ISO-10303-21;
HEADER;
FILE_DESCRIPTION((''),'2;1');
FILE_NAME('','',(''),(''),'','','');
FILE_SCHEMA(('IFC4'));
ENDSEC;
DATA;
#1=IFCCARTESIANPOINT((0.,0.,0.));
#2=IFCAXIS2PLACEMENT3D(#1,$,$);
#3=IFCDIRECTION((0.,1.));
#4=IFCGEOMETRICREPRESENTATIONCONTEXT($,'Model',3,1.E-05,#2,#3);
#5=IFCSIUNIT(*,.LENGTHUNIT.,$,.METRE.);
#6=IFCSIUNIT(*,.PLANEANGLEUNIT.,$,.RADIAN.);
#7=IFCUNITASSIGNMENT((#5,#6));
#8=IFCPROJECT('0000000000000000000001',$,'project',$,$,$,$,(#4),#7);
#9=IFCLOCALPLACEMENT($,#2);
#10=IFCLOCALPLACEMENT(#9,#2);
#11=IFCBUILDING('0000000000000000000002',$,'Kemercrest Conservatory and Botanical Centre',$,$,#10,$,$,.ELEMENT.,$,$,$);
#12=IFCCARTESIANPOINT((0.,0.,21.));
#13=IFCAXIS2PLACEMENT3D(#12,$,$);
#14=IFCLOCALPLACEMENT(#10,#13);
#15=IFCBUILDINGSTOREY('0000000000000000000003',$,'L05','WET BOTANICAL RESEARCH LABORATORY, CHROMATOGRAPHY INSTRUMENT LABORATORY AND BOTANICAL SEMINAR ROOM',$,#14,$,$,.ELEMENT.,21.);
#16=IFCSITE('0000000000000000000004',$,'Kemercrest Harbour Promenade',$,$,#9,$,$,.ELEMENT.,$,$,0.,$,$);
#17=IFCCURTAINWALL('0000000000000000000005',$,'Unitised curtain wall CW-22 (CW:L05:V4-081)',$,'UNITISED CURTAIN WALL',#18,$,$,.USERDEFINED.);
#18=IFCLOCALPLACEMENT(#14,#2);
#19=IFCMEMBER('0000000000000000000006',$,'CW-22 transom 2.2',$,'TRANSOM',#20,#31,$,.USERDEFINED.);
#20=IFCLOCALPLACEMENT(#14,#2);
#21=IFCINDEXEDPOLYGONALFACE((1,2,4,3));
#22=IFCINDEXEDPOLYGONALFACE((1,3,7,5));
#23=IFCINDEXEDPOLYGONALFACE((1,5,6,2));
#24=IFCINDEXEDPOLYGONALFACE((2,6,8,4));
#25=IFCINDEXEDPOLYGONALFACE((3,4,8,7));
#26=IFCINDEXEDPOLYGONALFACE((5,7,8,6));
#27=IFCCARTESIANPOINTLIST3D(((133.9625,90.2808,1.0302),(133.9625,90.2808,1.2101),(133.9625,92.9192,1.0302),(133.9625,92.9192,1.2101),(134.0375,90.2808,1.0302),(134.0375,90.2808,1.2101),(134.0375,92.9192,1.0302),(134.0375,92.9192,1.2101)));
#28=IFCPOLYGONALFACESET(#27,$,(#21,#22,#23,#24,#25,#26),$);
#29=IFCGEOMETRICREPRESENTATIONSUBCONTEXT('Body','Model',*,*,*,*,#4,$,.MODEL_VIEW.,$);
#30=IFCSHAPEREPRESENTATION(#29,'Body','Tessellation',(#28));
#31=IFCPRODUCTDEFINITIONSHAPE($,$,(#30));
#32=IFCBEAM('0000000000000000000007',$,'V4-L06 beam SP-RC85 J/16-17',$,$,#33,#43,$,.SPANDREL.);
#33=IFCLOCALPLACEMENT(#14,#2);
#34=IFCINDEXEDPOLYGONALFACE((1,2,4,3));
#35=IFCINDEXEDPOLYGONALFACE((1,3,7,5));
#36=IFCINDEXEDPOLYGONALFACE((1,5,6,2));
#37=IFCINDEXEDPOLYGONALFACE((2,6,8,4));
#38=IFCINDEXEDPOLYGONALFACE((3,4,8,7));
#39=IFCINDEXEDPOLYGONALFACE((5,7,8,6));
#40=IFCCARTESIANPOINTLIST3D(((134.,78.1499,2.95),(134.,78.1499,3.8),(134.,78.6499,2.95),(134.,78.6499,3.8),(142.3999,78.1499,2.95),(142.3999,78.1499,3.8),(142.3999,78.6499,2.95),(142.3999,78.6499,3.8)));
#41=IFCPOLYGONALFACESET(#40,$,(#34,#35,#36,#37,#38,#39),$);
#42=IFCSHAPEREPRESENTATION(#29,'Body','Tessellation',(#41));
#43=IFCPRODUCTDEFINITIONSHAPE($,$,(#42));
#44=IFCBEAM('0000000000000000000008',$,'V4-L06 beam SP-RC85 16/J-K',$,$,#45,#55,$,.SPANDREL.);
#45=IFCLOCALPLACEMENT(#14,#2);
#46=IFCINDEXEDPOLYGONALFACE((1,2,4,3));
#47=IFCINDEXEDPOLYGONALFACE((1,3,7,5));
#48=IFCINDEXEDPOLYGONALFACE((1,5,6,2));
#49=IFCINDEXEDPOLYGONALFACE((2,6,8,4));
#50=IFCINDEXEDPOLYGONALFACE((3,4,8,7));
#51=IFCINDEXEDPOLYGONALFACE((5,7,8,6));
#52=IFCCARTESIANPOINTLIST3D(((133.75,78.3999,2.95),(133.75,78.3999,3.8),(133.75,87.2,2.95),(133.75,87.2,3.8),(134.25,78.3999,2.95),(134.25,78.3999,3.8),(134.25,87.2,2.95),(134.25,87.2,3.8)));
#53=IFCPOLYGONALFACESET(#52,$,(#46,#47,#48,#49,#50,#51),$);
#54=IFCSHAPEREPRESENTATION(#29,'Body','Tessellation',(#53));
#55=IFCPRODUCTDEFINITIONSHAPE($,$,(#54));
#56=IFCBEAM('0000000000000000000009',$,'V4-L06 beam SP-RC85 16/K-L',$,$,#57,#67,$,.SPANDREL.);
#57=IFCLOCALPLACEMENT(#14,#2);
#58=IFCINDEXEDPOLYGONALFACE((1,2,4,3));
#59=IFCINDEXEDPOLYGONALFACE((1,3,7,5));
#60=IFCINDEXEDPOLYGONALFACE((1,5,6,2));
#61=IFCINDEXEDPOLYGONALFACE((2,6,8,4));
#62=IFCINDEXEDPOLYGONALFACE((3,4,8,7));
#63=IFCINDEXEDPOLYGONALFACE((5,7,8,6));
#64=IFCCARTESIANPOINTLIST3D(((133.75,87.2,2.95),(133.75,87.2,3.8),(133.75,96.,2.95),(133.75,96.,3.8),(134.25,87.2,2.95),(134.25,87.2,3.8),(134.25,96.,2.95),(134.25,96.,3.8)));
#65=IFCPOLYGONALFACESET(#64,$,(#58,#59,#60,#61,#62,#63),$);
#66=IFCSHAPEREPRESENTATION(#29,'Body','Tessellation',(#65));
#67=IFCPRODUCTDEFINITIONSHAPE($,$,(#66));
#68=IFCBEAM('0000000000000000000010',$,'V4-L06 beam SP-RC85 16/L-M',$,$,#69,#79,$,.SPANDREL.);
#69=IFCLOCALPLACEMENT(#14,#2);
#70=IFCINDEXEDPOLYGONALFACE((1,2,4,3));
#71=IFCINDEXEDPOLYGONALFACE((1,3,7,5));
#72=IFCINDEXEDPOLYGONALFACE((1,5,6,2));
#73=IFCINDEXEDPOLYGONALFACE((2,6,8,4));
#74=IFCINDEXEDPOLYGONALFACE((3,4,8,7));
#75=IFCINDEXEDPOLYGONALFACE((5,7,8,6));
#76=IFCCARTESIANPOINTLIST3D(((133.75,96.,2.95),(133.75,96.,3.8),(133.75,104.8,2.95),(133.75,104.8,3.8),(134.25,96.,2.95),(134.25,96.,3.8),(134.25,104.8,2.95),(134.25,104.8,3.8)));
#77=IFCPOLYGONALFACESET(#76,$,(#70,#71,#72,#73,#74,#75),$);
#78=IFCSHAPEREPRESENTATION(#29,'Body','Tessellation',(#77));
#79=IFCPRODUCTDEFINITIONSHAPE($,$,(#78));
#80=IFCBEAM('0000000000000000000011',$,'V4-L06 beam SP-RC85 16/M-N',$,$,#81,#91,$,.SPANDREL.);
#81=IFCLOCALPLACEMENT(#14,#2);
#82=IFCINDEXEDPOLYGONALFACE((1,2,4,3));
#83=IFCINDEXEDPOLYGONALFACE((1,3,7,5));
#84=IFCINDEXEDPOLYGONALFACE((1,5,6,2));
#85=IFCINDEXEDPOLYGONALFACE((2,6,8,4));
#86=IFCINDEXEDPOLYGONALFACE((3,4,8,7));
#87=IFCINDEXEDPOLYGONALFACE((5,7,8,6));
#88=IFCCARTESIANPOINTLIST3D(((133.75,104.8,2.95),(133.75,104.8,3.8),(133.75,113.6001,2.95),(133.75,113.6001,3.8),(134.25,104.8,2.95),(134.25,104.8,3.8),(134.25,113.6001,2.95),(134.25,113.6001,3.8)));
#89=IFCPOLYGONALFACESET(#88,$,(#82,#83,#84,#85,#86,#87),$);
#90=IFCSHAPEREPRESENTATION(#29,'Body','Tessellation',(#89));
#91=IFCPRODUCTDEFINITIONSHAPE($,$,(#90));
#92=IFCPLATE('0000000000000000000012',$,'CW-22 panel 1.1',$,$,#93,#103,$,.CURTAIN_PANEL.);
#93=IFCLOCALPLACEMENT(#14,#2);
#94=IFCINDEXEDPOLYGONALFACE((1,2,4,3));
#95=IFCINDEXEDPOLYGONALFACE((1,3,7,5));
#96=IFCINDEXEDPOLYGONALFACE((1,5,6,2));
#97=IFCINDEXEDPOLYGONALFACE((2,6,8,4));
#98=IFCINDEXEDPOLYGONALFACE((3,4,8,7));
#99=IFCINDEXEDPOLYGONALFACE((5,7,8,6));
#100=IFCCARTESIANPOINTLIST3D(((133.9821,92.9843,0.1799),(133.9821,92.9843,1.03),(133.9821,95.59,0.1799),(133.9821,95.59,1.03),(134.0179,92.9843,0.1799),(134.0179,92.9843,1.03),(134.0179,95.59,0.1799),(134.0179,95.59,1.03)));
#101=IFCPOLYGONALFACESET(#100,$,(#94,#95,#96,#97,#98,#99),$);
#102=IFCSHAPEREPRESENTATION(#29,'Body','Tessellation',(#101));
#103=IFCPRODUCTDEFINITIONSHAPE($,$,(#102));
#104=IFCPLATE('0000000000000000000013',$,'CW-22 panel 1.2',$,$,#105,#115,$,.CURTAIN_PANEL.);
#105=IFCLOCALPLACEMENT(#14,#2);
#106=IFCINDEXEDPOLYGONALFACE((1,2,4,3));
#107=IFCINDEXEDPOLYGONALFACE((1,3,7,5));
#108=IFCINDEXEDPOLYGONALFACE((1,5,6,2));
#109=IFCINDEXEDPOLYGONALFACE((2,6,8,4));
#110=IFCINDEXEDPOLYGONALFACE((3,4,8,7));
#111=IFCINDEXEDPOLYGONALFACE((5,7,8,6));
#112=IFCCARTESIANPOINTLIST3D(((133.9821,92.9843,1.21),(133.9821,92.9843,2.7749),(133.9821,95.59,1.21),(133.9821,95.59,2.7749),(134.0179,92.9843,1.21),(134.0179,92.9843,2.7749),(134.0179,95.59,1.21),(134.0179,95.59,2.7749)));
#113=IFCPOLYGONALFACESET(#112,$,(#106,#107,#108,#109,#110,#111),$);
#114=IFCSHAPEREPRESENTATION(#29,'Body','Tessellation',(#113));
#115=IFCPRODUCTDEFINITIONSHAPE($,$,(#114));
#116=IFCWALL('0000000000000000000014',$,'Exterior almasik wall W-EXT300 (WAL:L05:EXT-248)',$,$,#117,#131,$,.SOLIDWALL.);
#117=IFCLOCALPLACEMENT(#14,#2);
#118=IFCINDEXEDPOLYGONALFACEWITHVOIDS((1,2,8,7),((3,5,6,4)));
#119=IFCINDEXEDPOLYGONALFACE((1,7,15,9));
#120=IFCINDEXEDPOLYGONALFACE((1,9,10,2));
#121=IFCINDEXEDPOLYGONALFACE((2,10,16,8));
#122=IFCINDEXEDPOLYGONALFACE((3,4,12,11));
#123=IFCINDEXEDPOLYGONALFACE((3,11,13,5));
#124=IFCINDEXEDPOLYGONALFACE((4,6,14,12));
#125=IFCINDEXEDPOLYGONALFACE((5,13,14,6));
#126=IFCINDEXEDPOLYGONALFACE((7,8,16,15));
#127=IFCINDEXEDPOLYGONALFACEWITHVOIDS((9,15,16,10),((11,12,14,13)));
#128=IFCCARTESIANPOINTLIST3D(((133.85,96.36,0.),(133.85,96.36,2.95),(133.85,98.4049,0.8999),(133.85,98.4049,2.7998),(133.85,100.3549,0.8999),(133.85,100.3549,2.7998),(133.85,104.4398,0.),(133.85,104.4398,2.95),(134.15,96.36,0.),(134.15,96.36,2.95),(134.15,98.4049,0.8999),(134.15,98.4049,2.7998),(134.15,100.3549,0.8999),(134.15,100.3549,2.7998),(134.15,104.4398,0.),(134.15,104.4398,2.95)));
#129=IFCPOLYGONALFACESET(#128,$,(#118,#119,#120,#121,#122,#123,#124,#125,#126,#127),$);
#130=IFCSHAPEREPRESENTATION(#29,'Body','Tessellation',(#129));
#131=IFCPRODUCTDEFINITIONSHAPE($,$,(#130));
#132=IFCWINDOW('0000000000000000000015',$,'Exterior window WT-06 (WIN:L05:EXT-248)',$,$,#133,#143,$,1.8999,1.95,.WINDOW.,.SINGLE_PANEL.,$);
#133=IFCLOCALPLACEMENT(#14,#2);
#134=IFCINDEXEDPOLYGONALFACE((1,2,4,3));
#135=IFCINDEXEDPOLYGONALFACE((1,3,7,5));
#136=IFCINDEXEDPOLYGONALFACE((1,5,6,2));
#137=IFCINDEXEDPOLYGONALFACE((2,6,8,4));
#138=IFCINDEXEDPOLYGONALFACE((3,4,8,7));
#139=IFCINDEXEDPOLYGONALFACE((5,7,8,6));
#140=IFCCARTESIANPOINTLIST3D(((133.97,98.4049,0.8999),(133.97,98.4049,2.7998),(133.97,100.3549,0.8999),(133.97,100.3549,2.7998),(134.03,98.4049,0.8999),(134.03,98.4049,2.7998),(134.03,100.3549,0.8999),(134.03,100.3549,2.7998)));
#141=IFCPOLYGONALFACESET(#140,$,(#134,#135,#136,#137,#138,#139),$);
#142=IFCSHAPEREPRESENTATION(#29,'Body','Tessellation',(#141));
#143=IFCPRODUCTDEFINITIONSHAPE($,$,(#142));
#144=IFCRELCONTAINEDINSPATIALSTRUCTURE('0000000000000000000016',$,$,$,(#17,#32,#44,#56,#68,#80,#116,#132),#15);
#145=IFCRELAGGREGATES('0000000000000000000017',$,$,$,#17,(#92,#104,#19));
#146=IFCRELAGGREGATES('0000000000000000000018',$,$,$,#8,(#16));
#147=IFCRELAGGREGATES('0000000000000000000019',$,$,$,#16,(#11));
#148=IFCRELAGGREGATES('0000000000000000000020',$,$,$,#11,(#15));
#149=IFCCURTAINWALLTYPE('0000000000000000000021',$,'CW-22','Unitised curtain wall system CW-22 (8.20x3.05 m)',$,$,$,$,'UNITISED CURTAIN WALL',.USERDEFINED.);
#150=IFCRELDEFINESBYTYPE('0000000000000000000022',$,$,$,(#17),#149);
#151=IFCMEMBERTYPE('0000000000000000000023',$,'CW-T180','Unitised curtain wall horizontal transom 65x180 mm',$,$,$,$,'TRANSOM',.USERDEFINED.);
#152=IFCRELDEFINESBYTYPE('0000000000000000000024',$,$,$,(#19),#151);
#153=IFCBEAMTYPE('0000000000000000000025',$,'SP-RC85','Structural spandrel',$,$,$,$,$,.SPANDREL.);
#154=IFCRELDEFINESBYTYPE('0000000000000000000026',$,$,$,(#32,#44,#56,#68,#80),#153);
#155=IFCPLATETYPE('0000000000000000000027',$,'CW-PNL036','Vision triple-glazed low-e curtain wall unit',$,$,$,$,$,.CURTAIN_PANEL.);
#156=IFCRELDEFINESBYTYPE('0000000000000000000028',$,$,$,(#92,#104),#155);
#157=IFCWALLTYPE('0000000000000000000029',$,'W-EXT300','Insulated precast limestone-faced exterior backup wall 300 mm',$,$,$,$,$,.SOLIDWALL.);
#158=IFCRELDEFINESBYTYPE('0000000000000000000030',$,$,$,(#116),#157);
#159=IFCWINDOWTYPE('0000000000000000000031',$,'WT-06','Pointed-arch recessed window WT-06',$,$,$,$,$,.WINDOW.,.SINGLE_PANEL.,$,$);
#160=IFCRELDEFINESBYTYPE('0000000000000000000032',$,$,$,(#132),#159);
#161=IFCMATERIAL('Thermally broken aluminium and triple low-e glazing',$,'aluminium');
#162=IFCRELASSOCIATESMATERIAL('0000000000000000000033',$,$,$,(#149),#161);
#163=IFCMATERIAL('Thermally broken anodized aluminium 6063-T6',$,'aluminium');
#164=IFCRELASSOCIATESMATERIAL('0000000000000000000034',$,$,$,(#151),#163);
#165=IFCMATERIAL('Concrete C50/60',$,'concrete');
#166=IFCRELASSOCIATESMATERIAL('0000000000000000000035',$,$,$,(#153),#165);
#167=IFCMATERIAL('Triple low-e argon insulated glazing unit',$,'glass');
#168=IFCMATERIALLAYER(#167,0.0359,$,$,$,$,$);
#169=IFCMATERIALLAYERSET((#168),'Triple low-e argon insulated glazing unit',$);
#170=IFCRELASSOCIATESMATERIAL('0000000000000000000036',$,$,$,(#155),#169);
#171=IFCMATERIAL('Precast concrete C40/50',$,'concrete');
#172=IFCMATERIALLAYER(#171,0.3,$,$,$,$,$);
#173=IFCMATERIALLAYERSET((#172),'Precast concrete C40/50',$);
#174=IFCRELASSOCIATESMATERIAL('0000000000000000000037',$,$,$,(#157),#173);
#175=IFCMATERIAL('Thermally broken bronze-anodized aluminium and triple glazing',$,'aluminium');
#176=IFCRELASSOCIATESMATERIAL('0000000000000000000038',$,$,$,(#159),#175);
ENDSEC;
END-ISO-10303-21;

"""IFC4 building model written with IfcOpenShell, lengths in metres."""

from ifc_helpers import new_model, si_unit, direction, frame, frame_2d, origin, origin_2d, place, context, subcontext, project, spatial, rectangle, extrude, material, layer, layer_set, material_profile, profile_set, type_object, element, fill, aggregate, save


model = new_model("IFC4")

# Units and contexts
model_context = context("Model", 3, precision=1e-05, world=origin(), true_north=direction((0.0, 1.0)))
body_context = subcontext(model_context, "Body", "Model", "MODEL_VIEW")
ifc_project = project(units=[si_unit("LENGTHUNIT", "METRE"), si_unit("PLANEANGLEUNIT", "RADIAN")], contexts=[model_context])

# Site, building, storey
site_placement = place(None, origin())
site = spatial("IfcSite", under=ifc_project, at=site_placement, Name="Kemercrest Harbour Promenade", CompositionType="ELEMENT", RefElevation=0.0)
building_placement = place(site_placement, origin())
building = spatial("IfcBuilding", under=site, at=building_placement, Name="Kemercrest Conservatory and Botanical Centre", CompositionType="ELEMENT")
storey_placement = place(building_placement, frame((0.0, 0.0, 21.0)))
storey = spatial("IfcBuildingStorey", under=building, at=storey_placement, Name="L05", Description="WET BOTANICAL RESEARCH LABORATORY, CHROMATOGRAPHY INSTRUMENT LABORATORY AND BOTANICAL SEMINAR ROOM", CompositionType="ELEMENT", Elevation=21.0)

# Shared definitions
ifc_material_1 = material(Name="Concrete C50/60", Category="concrete")

# Shared definitions
ifc_material_2 = material(Name="Thermally broken aluminium and triple low-e glazing", Category="aluminium")
ifc_material_3 = material(Name="Thermally broken anodized aluminium 6063-T6", Category="aluminium")

# Curtain wall, member
curtain_wall_type_1 = type_object("IfcCurtainWallType", Name="CW-22", Description="Unitised curtain wall system CW-22 (8.20x3.05 m)", ElementType="UNITISED CURTAIN WALL", PredefinedType="USERDEFINED", material=ifc_material_2)
curtain_wall_1_placement = place(storey_placement, origin())
curtain_wall_1 = element("IfcCurtainWall", 1, at=curtain_wall_1_placement, inside=storey, type_object=curtain_wall_type_1, Name="Unitised curtain wall CW-22 (CW:L05:V4-081)", ObjectType="UNITISED CURTAIN WALL", PredefinedType="USERDEFINED")
ifc_material_profile_1 = material_profile(ifc_material_3, rectangle(XDim=0.075, YDim=0.1799, at=origin_2d()), Name="AL TRANSOM 75x180")
ifc_profile_set_1 = profile_set([ifc_material_profile_1], Name="Thermally broken anodized aluminium 6063-T6")
member_type_1 = type_object("IfcMemberType", Name="CW-T180", Description="Unitised curtain wall horizontal transom 65x180 mm", ElementType="TRANSOM", PredefinedType="USERDEFINED", material=ifc_profile_set_1)
member_1_placement = place(storey_placement, frame((134.0, 92.9192, 1.1201), z_axis=(0.0, -1.0, 0.0), x_axis=(1.0, 0.0, 0.0)))
member_1 = element("IfcMember", 2, at=member_1_placement, type_object=member_type_1, Name="CW-22 transom 2.2", ObjectType="TRANSOM", PredefinedType="USERDEFINED", context=body_context, shape_type="SweptSolid", body=[
    extrude(rectangle(XDim=0.075, YDim=0.1799, at=origin_2d()), origin(), (0.0, 0.0, 1.0), 2.6384),
])

# Beams
ifc_material_profile_2 = material_profile(ifc_material_1, rectangle(XDim=0.5, YDim=0.8501, at=origin_2d()), Name="RC 500x850")
ifc_profile_set_2 = profile_set([ifc_material_profile_2], Name="Concrete C50/60")
beam_type_1 = type_object("IfcBeamType", Name="SP-RC85", Description="Structural spandrel", PredefinedType="SPANDREL", material=ifc_profile_set_2)
beam_placement = place(storey_placement, frame((134.0, 78.3999, 3.375), z_axis=(1.0, 0.0, 0.0), x_axis=(0.0, 1.0, 0.0)))
element("IfcBeam", 3, at=beam_placement, inside=storey, type_object=beam_type_1, Name="V4-L06 beam SP-RC85 J/16-17", PredefinedType="SPANDREL", context=body_context, shape_type="SweptSolid", body=[
    extrude(rectangle(XDim=0.5, YDim=0.8501, at=origin_2d()), origin(), (0.0, 0.0, 1.0), 8.3999),
])
for number, where, z_axis, x_axis, name in (
    (4, (134.0, 78.3999, 3.375), (0.0, 1.0, 0.0), (-1.0, 0.0, 0.0), "V4-L06 beam SP-RC85 16/J-K"),
    (5, (134.0, 87.2, 3.375), (0.0, 1.0, 0.0), (-1.0, 0.0, 0.0), "V4-L06 beam SP-RC85 16/K-L"),
    (6, (134.0, 96.0, 3.375), (0.0, 1.0, 0.0), (-1.0, 0.0, 0.0), "V4-L06 beam SP-RC85 16/L-M"),
    (7, (134.0, 104.8, 3.375), (0.0, 1.0, 0.0), (-1.0, 0.0, 0.0), "V4-L06 beam SP-RC85 16/M-N"),
):
    element("IfcBeam", number, at=place(storey_placement, frame(where, z_axis=z_axis, x_axis=x_axis)), inside=storey, type_object=beam_type_1, Name=name, PredefinedType="SPANDREL", context=body_context, shape_type="SweptSolid", body=[
        extrude(rectangle(XDim=0.5, YDim=0.8501, at=origin_2d()), origin(), (0.0, 0.0, 1.0), 8.8),
    ])

# Plates
ifc_material_4 = material(Name="Triple low-e argon insulated glazing unit", Category="glass")
ifc_layer_1 = layer(ifc_material_4, 0.0359)
ifc_layer_set_1 = layer_set([ifc_layer_1], Name="Triple low-e argon insulated glazing unit")
plate_type = type_object("IfcPlateType", Name="CW-PNL036", Description="Vision triple-glazed low-e curtain wall unit", PredefinedType="CURTAIN_PANEL", material=ifc_layer_set_1)
plate_1_placement = place(storey_placement, frame((134.0, 94.2871, 0.1799), z_axis=(0.0, 0.0, 1.0), x_axis=(0.0, -1.0, 0.0)))
plate_1 = element("IfcPlate", 8, at=plate_1_placement, type_object=plate_type, Name="CW-22 panel 1.1", PredefinedType="CURTAIN_PANEL", context=body_context, shape_type="SweptSolid", body=[
    extrude(rectangle(XDim=2.6057, YDim=0.0359, at=origin_2d()), origin(), (0.0, 0.0, 1.0), 0.8501),
])
plate_2_placement = place(storey_placement, frame((134.0, 94.2871, 1.21), z_axis=(0.0, 0.0, 1.0), x_axis=(0.0, -1.0, 0.0)))
plate_2 = element("IfcPlate", 9, at=plate_2_placement, type_object=plate_type, Name="CW-22 panel 1.2", PredefinedType="CURTAIN_PANEL", context=body_context, shape_type="SweptSolid", body=[
    extrude(rectangle(XDim=2.6057, YDim=0.0359, at=origin_2d()), origin(), (0.0, 0.0, 1.0), 1.5649),
])
aggregate(curtain_wall_1, [plate_1, plate_2, member_1])

# Wall, opening, window
ifc_material_5 = material(Name="Precast concrete C40/50", Category="concrete")
ifc_layer_2 = layer(ifc_material_5, 0.3)
ifc_layer_set_2 = layer_set([ifc_layer_2], Name="Precast concrete C40/50")
wall_type = type_object("IfcWallType", Name="W-EXT300", Description="Insulated precast limestone-faced exterior backup wall 300 mm", PredefinedType="SOLIDWALL", material=ifc_layer_set_2)
wall_placement = place(storey_placement, frame((134.0, 104.4399, 0.0), z_axis=(0.0, 0.0, 1.0), x_axis=(0.0, -1.0, 0.0)))
wall = element("IfcWall", 10, at=wall_placement, inside=storey, type_object=wall_type, Name="Exterior almasik wall W-EXT300 (WAL:L05:EXT-248)", PredefinedType="SOLIDWALL", context=body_context, shape_type="SweptSolid", body=[
    extrude(rectangle(XDim=8.0798, YDim=0.3, at=frame_2d((4.04, 0.0))), origin(), (0.0, 0.0, 1.0), 2.95),
])
opening_placement = place(wall_placement, frame((4.085, 0.0, 0.8999)))
opening = element("IfcOpeningElement", 11, at=opening_placement, cuts=wall, PredefinedType="OPENING", context=body_context, shape_type="SweptSolid", body=[
    extrude(rectangle(XDim=1.95, YDim=1.8999, at=frame_2d((0.9751, 0.95))), frame((0.0, 0.1602, 0.0), z_axis=(0.0, -1.0, 0.0), x_axis=(1.0, 0.0, 0.0)), (0.0, 0.0, 1.0), 0.3201),
])
ifc_material_6 = material(Name="Thermally broken bronze-anodized aluminium and triple glazing", Category="aluminium")
window_type = type_object("IfcWindowType", Name="WT-06", Description="Pointed-arch recessed window WT-06", PartitioningType="SINGLE_PANEL", PredefinedType="WINDOW", material=ifc_material_6)
window_placement = place(opening_placement, origin())
window = element("IfcWindow", 12, at=window_placement, inside=storey, type_object=window_type, Name="Exterior window WT-06 (WIN:L05:EXT-248)", OverallHeight=1.8999, OverallWidth=1.95, PartitioningType="SINGLE_PANEL", PredefinedType="WINDOW", context=body_context, shape_type="SweptSolid", body=[
    extrude(rectangle(XDim=1.95, YDim=1.8999, at=frame_2d((0.9751, 0.95))), frame((0.0, 0.03, 0.0), z_axis=(0.0, -1.0, 0.0), x_axis=(1.0, 0.0, 0.0)), (0.0, 0.0, 1.0), 0.0601),
])
fill(opening, window)

save(model, "model.ifc")
